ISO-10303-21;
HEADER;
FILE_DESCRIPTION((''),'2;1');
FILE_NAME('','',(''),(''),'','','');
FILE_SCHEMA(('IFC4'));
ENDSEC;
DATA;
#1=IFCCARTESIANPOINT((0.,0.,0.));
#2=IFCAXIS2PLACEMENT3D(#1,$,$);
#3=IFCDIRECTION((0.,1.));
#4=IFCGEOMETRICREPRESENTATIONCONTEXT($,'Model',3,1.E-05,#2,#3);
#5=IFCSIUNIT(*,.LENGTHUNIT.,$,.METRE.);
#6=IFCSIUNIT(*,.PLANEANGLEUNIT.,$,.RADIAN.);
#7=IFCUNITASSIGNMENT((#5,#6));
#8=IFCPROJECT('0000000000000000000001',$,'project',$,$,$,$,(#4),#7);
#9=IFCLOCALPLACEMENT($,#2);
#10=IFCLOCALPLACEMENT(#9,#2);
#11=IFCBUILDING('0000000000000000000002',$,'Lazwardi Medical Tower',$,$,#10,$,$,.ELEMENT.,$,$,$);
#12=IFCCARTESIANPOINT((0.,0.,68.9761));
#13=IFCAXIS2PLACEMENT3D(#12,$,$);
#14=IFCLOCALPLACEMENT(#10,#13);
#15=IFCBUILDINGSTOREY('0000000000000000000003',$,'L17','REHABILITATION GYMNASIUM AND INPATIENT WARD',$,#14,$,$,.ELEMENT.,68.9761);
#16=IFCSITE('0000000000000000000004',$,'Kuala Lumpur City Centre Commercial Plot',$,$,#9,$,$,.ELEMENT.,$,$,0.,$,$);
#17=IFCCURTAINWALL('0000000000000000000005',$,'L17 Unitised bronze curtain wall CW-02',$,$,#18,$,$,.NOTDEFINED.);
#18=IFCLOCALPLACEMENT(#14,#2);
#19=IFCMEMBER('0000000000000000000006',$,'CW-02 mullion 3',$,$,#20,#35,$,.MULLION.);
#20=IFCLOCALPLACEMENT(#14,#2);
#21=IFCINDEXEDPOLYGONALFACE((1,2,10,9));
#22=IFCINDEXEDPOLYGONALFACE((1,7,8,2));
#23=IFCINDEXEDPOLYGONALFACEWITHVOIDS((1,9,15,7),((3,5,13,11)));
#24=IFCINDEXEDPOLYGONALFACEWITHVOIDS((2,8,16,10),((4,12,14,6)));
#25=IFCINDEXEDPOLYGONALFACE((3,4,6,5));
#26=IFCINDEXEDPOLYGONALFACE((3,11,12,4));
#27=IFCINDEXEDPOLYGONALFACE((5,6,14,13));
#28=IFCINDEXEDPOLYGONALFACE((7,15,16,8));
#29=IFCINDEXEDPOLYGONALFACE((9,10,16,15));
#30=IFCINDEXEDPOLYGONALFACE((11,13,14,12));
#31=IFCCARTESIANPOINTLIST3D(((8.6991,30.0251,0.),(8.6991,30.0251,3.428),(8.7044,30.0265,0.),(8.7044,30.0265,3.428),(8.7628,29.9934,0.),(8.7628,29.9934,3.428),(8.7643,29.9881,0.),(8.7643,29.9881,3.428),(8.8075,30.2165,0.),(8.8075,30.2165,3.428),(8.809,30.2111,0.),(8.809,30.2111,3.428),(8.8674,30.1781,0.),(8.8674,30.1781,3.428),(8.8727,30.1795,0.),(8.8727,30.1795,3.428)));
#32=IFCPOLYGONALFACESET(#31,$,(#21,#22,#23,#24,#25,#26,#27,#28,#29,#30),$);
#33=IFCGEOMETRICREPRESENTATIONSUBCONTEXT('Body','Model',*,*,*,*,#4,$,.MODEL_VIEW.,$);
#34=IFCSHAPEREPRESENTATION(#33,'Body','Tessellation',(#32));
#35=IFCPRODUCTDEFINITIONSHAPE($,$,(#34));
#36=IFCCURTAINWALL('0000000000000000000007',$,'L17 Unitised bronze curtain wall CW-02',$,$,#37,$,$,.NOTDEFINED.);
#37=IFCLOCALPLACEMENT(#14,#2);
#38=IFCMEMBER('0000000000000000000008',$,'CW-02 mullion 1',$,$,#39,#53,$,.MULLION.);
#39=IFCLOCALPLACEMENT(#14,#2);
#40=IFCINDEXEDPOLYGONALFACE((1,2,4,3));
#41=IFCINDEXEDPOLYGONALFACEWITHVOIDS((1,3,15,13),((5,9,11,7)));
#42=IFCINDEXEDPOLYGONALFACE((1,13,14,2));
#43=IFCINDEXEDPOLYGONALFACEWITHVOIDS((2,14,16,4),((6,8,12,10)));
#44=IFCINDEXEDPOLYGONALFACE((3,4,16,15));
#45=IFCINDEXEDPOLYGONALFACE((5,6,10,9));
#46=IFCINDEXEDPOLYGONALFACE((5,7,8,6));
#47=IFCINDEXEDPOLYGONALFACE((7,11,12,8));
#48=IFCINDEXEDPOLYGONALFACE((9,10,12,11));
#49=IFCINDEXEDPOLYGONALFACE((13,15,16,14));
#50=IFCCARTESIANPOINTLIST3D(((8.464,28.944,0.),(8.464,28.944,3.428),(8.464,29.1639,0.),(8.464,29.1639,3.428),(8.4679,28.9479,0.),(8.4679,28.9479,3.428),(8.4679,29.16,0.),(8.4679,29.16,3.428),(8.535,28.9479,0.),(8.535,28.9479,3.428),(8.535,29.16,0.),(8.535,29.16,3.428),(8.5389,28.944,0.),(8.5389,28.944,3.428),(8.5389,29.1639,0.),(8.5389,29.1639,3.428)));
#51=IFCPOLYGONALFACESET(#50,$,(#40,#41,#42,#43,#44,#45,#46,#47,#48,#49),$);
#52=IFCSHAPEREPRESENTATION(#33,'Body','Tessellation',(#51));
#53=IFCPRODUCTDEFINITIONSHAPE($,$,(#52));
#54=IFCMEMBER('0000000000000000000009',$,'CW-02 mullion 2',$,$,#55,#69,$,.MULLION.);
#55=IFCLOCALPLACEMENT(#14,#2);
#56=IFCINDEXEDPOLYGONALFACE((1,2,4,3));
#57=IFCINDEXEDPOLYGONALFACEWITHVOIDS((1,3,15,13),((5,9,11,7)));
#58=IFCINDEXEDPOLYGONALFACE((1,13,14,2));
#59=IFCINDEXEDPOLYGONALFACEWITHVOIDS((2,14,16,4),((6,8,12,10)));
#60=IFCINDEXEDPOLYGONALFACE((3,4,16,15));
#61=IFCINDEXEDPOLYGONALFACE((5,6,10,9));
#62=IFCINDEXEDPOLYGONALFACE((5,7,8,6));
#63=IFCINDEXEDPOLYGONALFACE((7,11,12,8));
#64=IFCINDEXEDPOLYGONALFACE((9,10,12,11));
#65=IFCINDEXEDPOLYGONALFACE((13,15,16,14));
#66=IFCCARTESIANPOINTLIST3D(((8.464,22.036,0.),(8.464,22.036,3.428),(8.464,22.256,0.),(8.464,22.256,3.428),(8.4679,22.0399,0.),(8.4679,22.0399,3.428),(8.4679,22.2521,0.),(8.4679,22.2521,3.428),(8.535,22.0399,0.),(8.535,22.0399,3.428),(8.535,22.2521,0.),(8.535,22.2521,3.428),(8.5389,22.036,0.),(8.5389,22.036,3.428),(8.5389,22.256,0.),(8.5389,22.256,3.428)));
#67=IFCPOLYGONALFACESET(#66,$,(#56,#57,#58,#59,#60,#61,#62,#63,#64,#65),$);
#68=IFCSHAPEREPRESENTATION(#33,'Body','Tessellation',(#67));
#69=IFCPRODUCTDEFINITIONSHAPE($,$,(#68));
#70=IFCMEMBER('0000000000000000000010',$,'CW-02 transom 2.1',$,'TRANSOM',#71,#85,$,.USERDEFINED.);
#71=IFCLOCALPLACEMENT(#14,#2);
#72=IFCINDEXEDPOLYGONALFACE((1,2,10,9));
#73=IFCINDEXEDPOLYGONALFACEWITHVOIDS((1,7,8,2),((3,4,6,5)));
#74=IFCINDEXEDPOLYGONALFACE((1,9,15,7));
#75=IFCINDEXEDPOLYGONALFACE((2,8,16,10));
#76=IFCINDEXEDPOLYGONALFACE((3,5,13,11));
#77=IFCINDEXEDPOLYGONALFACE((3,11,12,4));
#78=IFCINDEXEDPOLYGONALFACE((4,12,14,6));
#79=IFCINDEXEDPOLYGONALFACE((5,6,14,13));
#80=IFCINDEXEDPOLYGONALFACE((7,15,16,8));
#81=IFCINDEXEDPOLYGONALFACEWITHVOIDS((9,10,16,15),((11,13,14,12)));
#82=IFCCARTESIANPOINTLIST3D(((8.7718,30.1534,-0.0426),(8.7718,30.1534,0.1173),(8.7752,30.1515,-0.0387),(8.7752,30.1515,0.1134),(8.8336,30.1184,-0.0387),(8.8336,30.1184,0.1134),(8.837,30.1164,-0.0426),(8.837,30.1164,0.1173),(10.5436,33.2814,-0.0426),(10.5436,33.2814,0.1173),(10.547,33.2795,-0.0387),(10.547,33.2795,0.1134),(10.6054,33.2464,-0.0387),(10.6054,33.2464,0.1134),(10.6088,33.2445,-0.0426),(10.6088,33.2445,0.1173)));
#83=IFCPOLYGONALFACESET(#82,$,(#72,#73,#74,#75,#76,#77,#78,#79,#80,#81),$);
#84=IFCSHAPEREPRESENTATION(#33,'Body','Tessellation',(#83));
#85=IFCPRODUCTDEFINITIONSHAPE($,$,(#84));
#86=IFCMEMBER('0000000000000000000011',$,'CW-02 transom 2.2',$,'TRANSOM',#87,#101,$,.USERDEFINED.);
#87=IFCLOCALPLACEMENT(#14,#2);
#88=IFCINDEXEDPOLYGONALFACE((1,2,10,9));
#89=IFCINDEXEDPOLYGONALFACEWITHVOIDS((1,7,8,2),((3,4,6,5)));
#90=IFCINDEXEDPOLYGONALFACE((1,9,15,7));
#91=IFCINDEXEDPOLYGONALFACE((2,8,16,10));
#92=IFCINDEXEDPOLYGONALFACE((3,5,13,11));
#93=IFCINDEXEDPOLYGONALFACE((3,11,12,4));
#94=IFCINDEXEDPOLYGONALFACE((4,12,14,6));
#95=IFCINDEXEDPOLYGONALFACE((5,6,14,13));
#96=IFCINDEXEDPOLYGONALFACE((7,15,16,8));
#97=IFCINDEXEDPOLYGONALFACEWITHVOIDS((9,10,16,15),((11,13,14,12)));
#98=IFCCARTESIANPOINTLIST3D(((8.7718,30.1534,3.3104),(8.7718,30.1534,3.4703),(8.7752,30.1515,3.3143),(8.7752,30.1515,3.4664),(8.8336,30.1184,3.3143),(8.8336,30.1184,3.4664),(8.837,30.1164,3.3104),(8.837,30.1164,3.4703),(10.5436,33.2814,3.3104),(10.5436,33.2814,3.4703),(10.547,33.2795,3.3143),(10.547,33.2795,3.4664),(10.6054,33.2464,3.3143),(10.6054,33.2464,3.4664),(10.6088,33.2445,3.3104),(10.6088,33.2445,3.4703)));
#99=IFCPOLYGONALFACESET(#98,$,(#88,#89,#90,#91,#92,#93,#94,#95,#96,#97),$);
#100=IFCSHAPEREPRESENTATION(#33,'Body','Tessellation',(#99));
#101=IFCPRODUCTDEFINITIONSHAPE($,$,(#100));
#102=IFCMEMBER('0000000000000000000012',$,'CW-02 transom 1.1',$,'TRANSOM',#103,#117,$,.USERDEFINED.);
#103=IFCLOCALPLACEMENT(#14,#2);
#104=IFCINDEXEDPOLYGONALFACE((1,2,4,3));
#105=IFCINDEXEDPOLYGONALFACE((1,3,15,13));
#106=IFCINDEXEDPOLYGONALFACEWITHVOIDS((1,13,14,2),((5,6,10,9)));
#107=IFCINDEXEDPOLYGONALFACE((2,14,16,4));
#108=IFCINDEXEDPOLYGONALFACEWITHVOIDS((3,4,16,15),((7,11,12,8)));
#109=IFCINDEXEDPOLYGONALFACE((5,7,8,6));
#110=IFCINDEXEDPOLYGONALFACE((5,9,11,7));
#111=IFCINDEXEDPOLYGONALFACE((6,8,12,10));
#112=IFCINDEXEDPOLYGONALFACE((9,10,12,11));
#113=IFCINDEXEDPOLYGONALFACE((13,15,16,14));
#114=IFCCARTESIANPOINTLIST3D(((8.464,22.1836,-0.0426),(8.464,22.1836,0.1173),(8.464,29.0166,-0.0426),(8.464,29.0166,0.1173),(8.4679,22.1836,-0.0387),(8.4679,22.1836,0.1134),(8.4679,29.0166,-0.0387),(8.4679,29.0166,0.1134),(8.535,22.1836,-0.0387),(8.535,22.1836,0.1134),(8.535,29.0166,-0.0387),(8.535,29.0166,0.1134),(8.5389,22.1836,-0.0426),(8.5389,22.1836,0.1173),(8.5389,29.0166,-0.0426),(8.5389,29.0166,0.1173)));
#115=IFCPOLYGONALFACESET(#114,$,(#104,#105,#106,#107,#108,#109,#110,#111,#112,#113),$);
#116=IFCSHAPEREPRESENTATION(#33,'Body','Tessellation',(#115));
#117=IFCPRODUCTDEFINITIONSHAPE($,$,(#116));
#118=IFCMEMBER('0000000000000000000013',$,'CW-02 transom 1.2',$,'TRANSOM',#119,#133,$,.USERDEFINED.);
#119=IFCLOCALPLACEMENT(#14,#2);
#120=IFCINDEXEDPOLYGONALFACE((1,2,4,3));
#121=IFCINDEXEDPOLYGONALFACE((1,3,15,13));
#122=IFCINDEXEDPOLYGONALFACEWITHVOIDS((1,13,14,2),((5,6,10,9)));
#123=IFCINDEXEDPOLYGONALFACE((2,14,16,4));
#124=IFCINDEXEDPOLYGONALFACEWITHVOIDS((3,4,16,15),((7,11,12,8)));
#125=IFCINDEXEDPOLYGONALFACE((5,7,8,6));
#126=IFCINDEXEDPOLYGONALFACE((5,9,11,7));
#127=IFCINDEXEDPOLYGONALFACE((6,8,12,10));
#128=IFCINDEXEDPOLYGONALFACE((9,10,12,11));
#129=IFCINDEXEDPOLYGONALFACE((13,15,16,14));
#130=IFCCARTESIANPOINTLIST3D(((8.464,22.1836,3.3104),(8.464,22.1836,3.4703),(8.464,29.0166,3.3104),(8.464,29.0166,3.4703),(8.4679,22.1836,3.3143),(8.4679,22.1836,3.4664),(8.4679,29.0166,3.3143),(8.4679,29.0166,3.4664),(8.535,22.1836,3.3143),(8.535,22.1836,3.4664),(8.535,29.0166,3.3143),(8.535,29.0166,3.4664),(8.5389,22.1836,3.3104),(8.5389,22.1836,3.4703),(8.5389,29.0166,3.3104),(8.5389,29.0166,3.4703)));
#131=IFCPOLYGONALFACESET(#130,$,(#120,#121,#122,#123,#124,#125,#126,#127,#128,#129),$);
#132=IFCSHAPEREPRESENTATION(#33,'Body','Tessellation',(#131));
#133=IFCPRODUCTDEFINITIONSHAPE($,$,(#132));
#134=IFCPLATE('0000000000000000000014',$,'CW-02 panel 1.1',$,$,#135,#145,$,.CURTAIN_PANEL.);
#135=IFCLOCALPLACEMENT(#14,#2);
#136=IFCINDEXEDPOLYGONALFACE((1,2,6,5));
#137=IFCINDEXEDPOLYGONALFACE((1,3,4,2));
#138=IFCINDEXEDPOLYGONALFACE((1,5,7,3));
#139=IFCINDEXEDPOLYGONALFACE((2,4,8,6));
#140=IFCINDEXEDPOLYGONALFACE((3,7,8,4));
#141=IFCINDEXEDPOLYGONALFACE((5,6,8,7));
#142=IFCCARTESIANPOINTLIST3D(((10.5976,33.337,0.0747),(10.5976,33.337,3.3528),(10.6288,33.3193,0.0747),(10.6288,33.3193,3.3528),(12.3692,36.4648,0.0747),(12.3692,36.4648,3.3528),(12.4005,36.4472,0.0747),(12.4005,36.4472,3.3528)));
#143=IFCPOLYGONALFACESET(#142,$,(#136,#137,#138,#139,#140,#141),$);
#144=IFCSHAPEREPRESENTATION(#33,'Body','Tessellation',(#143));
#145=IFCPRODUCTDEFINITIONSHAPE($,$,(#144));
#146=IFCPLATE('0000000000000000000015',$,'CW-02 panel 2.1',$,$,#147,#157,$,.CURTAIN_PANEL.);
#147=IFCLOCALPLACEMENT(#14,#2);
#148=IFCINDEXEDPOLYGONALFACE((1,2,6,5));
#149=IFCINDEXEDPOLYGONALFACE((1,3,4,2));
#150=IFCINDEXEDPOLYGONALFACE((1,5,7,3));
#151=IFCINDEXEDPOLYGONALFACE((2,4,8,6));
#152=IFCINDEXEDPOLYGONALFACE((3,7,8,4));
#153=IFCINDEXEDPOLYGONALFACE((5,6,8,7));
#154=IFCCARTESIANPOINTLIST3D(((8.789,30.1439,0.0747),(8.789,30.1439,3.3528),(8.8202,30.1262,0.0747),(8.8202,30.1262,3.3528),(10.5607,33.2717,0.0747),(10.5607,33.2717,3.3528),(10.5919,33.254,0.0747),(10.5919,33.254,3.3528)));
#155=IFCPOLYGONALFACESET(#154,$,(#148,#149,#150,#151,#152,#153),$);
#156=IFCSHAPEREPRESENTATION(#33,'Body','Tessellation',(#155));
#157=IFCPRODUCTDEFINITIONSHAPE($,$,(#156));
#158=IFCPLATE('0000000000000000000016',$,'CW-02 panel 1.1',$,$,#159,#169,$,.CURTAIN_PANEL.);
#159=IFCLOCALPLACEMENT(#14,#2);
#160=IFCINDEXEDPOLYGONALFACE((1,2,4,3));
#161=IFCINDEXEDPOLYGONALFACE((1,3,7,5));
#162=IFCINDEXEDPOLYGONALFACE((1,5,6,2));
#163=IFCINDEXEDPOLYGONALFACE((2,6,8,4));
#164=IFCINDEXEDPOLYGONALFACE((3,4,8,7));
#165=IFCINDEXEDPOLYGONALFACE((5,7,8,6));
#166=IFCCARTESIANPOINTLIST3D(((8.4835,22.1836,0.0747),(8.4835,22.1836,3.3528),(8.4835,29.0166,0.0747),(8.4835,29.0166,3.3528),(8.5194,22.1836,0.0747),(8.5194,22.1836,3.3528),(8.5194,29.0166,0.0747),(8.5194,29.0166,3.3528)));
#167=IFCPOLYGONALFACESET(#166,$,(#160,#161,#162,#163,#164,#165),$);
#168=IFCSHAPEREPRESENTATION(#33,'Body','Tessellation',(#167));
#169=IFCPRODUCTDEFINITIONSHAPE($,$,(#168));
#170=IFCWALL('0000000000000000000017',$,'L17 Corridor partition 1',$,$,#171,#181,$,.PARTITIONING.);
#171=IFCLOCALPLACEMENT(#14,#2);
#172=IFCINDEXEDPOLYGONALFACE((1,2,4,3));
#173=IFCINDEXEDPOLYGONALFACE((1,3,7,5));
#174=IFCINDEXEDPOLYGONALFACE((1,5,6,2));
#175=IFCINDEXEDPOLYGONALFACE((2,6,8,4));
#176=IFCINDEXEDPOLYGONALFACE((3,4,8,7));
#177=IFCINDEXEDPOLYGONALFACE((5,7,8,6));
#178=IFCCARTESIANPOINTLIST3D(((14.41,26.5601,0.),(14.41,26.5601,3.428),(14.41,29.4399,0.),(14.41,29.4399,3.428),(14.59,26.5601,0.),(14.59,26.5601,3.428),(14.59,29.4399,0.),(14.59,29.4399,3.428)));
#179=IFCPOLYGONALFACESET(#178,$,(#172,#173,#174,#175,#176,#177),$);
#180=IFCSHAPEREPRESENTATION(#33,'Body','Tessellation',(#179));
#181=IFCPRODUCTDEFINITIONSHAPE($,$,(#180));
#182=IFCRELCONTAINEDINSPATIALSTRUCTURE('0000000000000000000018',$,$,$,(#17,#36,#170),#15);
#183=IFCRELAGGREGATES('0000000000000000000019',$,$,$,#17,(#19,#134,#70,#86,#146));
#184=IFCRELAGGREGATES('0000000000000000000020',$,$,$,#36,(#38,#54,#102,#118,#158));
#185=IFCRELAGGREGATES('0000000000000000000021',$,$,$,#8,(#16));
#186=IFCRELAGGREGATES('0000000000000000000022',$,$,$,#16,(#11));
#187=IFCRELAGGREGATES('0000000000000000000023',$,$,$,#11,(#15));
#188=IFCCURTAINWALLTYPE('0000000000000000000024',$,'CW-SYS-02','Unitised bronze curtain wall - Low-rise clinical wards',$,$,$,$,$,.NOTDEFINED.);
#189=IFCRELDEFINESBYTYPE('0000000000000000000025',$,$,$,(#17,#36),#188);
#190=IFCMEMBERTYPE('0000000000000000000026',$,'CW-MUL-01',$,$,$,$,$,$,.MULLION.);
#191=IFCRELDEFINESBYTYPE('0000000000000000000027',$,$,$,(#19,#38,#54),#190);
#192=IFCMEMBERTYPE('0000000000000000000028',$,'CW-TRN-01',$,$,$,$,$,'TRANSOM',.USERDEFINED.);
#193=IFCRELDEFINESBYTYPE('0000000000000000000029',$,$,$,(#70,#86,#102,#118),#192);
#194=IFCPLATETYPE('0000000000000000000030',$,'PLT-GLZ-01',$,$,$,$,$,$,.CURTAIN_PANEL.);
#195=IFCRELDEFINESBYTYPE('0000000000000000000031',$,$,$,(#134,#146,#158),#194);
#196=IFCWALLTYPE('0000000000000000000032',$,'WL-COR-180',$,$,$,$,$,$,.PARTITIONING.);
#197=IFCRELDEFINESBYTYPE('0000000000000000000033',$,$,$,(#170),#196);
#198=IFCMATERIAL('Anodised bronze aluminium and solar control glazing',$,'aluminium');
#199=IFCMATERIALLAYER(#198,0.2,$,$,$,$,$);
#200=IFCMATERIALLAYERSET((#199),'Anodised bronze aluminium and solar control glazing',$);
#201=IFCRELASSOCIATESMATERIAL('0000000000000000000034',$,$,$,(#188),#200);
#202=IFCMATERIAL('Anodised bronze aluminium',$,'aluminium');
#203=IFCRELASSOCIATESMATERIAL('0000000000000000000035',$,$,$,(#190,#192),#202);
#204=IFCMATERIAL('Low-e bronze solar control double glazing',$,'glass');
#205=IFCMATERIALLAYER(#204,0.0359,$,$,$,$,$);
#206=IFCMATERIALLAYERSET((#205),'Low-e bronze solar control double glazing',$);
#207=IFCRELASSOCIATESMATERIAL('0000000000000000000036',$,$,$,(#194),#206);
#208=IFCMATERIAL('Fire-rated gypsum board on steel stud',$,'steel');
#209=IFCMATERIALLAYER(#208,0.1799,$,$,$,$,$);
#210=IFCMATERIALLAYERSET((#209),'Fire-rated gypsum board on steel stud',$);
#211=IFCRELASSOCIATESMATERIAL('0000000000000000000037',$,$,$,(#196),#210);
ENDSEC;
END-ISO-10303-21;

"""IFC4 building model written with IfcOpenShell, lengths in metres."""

from ifc_helpers import new_model, si_unit, direction, frame, frame_2d, origin, origin_2d, place, context, subcontext, project, spatial, rectangle, hollow_rectangle, extrude, material, layer, layer_set, material_profile, profile_set, type_object, element, aggregate, save


model = new_model("IFC4")

# Units and contexts
model_context = context("Model", 3, precision=1e-05, world=origin(), true_north=direction((0.0, 1.0)))
body_context = subcontext(model_context, "Body", "Model", "MODEL_VIEW")
ifc_project = project(units=[si_unit("LENGTHUNIT", "METRE"), si_unit("PLANEANGLEUNIT", "RADIAN")], contexts=[model_context])

# Site, building, storey
site_placement = place(None, origin())
site = spatial("IfcSite", under=ifc_project, at=site_placement, Name="Kuala Lumpur City Centre Commercial Plot", CompositionType="ELEMENT", RefElevation=0.0)
building_placement = place(site_placement, origin())
building = spatial("IfcBuilding", under=site, at=building_placement, Name="Lazwardi Medical Tower", CompositionType="ELEMENT")
storey_placement = place(building_placement, frame((0.0, 0.0, 68.9761)))
storey = spatial("IfcBuildingStorey", under=building, at=storey_placement, Name="L17", Description="REHABILITATION GYMNASIUM AND INPATIENT WARD", CompositionType="ELEMENT", Elevation=68.9761)

# Curtain walls, members
ifc_material_1 = material(Name="Anodised bronze aluminium and solar control glazing", Category="aluminium")
ifc_layer_1 = layer(ifc_material_1, 0.2)
ifc_layer_set_1 = layer_set([ifc_layer_1], Name="Anodised bronze aluminium and solar control glazing")
curtain_wall_type = type_object("IfcCurtainWallType", Name="CW-SYS-02", Description="Unitised bronze curtain wall - Low-rise clinical wards", PredefinedType="NOTDEFINED", material=ifc_layer_set_1)
curtain_wall_1_placement = place(storey_placement, origin())
curtain_wall_1 = element("IfcCurtainWall", 1, at=curtain_wall_1_placement, inside=storey, type_object=curtain_wall_type, Name="L17 Unitised bronze curtain wall CW-02", PredefinedType="NOTDEFINED")
ifc_material_2 = material(Name="Anodised bronze aluminium", Category="aluminium")
ifc_material_profile_1 = material_profile(ifc_material_2, hollow_rectangle(XDim=0.075, YDim=0.22, WallThickness=0.0039, at=origin_2d()), Name="ALU-MULLION 220x75x4")
ifc_profile_set_1 = profile_set([ifc_material_profile_1], Name="Anodised bronze aluminium")
member_type_1 = type_object("IfcMemberType", Name="CW-MUL-01", PredefinedType="MULLION", material=ifc_profile_set_1)
member_1_placement = place(storey_placement, frame((8.7859, 30.1023, 0.0), z_axis=(0.0, 0.0, 1.0), x_axis=(0.870112, -0.492854, 0.0)))
member_1 = element("IfcMember", 2, at=member_1_placement, type_object=member_type_1, Name="CW-02 mullion 3", PredefinedType="MULLION", context=body_context, shape_type="SweptSolid", body=[
    extrude(hollow_rectangle(XDim=0.075, YDim=0.22, WallThickness=0.0039, at=origin_2d()), origin(), (0.0, 0.0, 1.0), 3.428),
])
curtain_wall_2_placement = place(storey_placement, origin())
curtain_wall_2 = element("IfcCurtainWall", 3, at=curtain_wall_2_placement, inside=storey, type_object=curtain_wall_type, Name="L17 Unitised bronze curtain wall CW-02", PredefinedType="NOTDEFINED")
member_2_placement = place(storey_placement, frame((8.5015, 29.054, 0.0), z_axis=(0.0, 0.0, 1.0), x_axis=(1.0, 0.0, 0.0)))
member_2 = element("IfcMember", 4, at=member_2_placement, type_object=member_type_1, Name="CW-02 mullion 1", PredefinedType="MULLION", context=body_context, shape_type="SweptSolid", body=[
    extrude(hollow_rectangle(XDim=0.075, YDim=0.22, WallThickness=0.0039, at=origin_2d()), origin(), (0.0, 0.0, 1.0), 3.428),
])
member_3_placement = place(storey_placement, frame((8.5015, 22.146, 0.0), z_axis=(0.0, 0.0, 1.0), x_axis=(1.0, 0.0, 0.0)))
member_3 = element("IfcMember", 5, at=member_3_placement, type_object=member_type_1, Name="CW-02 mullion 2", PredefinedType="MULLION", context=body_context, shape_type="SweptSolid", body=[
    extrude(hollow_rectangle(XDim=0.075, YDim=0.22, WallThickness=0.0039, at=origin_2d()), origin(), (0.0, 0.0, 1.0), 3.428),
])

# Members
ifc_material_profile_2 = material_profile(ifc_material_2, hollow_rectangle(XDim=0.075, YDim=0.1599, WallThickness=0.0039, at=origin_2d()), Name="ALU-TRANSOM 160x75x4")
ifc_profile_set_2 = profile_set([ifc_material_profile_2], Name="Anodised bronze aluminium")
member_type_2 = type_object("IfcMemberType", Name="CW-TRN-01", ElementType="TRANSOM", PredefinedType="USERDEFINED", material=ifc_profile_set_2)
member_4_placement = place(storey_placement, frame((10.5762, 33.2629, 0.0374), z_axis=(-0.492851, -0.870113, 0.0), x_axis=(0.870113, -0.492851, 0.0)))
member_4 = element("IfcMember", 6, at=member_4_placement, type_object=member_type_2, Name="CW-02 transom 2.1", ObjectType="TRANSOM", PredefinedType="USERDEFINED", context=body_context, shape_type="SweptSolid", body=[
    extrude(hollow_rectangle(XDim=0.075, YDim=0.1599, WallThickness=0.0039, at=origin_2d()), origin(), (0.0, 0.0, 1.0), 3.595),
])
member_5_placement = place(storey_placement, frame((10.5762, 33.2629, 3.3904), z_axis=(-0.492851, -0.870113, 0.0), x_axis=(0.870113, -0.492851, 0.0)))
member_5 = element("IfcMember", 7, at=member_5_placement, type_object=member_type_2, Name="CW-02 transom 2.2", ObjectType="TRANSOM", PredefinedType="USERDEFINED", context=body_context, shape_type="SweptSolid", body=[
    extrude(hollow_rectangle(XDim=0.075, YDim=0.1599, WallThickness=0.0039, at=origin_2d()), origin(), (0.0, 0.0, 1.0), 3.595),
])
member_6_placement = place(storey_placement, frame((8.5015, 29.0166, 0.0374), z_axis=(0.0, -1.0, 0.0), x_axis=(1.0, 0.0, 0.0)))
member_6 = element("IfcMember", 8, at=member_6_placement, type_object=member_type_2, Name="CW-02 transom 1.1", ObjectType="TRANSOM", PredefinedType="USERDEFINED", context=body_context, shape_type="SweptSolid", body=[
    extrude(hollow_rectangle(XDim=0.075, YDim=0.1599, WallThickness=0.0039, at=origin_2d()), origin(), (0.0, 0.0, 1.0), 6.833),
])
member_7_placement = place(storey_placement, frame((8.5015, 29.0166, 3.3904), z_axis=(0.0, -1.0, 0.0), x_axis=(1.0, 0.0, 0.0)))
member_7 = element("IfcMember", 9, at=member_7_placement, type_object=member_type_2, Name="CW-02 transom 1.2", ObjectType="TRANSOM", PredefinedType="USERDEFINED", context=body_context, shape_type="SweptSolid", body=[
    extrude(hollow_rectangle(XDim=0.075, YDim=0.1599, WallThickness=0.0039, at=origin_2d()), origin(), (0.0, 0.0, 1.0), 6.833),
])

# Plates
ifc_material_3 = material(Name="Low-e bronze solar control double glazing", Category="glass")
ifc_layer_2 = layer(ifc_material_3, 0.0359)
ifc_layer_set_2 = layer_set([ifc_layer_2], Name="Low-e bronze solar control double glazing")
plate_type = type_object("IfcPlateType", Name="PLT-GLZ-01", PredefinedType="CURTAIN_PANEL", material=ifc_layer_set_2)
plate_1_placement = place(storey_placement, frame((11.499, 34.8921, 0.0747), z_axis=(0.0, 0.0, 1.0), x_axis=(-0.492854, -0.870112, 0.0)))
plate_1 = element("IfcPlate", 10, at=plate_1_placement, type_object=plate_type, Name="CW-02 panel 1.1", PredefinedType="CURTAIN_PANEL", context=body_context, shape_type="SweptSolid", body=[
    extrude(rectangle(XDim=3.5947, YDim=0.0359, at=origin_2d()), origin(), (0.0, 0.0, 1.0), 3.2781),
])
plate_2_placement = place(storey_placement, frame((9.6904, 31.699, 0.0747), z_axis=(0.0, 0.0, 1.0), x_axis=(-0.492854, -0.870112, 0.0)))
plate_2 = element("IfcPlate", 11, at=plate_2_placement, type_object=plate_type, Name="CW-02 panel 2.1", PredefinedType="CURTAIN_PANEL", context=body_context, shape_type="SweptSolid", body=[
    extrude(rectangle(XDim=3.5947, YDim=0.0359, at=origin_2d()), origin(), (0.0, 0.0, 1.0), 3.2781),
])
aggregate(curtain_wall_1, [member_1, plate_1, member_4, member_5, plate_2])
plate_3_placement = place(storey_placement, frame((8.5015, 25.6001, 0.0747), z_axis=(0.0, 0.0, 1.0), x_axis=(0.0, -1.0, 0.0)))
plate_3 = element("IfcPlate", 12, at=plate_3_placement, type_object=plate_type, Name="CW-02 panel 1.1", PredefinedType="CURTAIN_PANEL", context=body_context, shape_type="SweptSolid", body=[
    extrude(rectangle(XDim=6.833, YDim=0.0359, at=origin_2d()), origin(), (0.0, 0.0, 1.0), 3.2781),
])
aggregate(curtain_wall_2, [member_2, member_3, member_6, member_7, plate_3])

# Wall
ifc_material_4 = material(Name="Fire-rated gypsum board on steel stud", Category="steel")
ifc_layer_3 = layer(ifc_material_4, 0.1799)
ifc_layer_set_3 = layer_set([ifc_layer_3], Name="Fire-rated gypsum board on steel stud")
wall_type_1 = type_object("IfcWallType", Name="WL-COR-180", PredefinedType="PARTITIONING", material=ifc_layer_set_3)
wall_1_placement = place(storey_placement, frame((14.5, 26.5601, 0.0), z_axis=(0.0, 0.0, 1.0), x_axis=(0.0, 1.0, 0.0)))
element("IfcWall", 13, at=wall_1_placement, inside=storey, type_object=wall_type_1, Name="L17 Corridor partition 1", PredefinedType="PARTITIONING", context=body_context, shape_type="SweptSolid", body=[
    extrude(rectangle(XDim=2.8799, YDim=0.1799, at=frame_2d((1.4399, 0.0))), origin(), (0.0, 0.0, 1.0), 3.428),
])

save(model, "model.ifc")
